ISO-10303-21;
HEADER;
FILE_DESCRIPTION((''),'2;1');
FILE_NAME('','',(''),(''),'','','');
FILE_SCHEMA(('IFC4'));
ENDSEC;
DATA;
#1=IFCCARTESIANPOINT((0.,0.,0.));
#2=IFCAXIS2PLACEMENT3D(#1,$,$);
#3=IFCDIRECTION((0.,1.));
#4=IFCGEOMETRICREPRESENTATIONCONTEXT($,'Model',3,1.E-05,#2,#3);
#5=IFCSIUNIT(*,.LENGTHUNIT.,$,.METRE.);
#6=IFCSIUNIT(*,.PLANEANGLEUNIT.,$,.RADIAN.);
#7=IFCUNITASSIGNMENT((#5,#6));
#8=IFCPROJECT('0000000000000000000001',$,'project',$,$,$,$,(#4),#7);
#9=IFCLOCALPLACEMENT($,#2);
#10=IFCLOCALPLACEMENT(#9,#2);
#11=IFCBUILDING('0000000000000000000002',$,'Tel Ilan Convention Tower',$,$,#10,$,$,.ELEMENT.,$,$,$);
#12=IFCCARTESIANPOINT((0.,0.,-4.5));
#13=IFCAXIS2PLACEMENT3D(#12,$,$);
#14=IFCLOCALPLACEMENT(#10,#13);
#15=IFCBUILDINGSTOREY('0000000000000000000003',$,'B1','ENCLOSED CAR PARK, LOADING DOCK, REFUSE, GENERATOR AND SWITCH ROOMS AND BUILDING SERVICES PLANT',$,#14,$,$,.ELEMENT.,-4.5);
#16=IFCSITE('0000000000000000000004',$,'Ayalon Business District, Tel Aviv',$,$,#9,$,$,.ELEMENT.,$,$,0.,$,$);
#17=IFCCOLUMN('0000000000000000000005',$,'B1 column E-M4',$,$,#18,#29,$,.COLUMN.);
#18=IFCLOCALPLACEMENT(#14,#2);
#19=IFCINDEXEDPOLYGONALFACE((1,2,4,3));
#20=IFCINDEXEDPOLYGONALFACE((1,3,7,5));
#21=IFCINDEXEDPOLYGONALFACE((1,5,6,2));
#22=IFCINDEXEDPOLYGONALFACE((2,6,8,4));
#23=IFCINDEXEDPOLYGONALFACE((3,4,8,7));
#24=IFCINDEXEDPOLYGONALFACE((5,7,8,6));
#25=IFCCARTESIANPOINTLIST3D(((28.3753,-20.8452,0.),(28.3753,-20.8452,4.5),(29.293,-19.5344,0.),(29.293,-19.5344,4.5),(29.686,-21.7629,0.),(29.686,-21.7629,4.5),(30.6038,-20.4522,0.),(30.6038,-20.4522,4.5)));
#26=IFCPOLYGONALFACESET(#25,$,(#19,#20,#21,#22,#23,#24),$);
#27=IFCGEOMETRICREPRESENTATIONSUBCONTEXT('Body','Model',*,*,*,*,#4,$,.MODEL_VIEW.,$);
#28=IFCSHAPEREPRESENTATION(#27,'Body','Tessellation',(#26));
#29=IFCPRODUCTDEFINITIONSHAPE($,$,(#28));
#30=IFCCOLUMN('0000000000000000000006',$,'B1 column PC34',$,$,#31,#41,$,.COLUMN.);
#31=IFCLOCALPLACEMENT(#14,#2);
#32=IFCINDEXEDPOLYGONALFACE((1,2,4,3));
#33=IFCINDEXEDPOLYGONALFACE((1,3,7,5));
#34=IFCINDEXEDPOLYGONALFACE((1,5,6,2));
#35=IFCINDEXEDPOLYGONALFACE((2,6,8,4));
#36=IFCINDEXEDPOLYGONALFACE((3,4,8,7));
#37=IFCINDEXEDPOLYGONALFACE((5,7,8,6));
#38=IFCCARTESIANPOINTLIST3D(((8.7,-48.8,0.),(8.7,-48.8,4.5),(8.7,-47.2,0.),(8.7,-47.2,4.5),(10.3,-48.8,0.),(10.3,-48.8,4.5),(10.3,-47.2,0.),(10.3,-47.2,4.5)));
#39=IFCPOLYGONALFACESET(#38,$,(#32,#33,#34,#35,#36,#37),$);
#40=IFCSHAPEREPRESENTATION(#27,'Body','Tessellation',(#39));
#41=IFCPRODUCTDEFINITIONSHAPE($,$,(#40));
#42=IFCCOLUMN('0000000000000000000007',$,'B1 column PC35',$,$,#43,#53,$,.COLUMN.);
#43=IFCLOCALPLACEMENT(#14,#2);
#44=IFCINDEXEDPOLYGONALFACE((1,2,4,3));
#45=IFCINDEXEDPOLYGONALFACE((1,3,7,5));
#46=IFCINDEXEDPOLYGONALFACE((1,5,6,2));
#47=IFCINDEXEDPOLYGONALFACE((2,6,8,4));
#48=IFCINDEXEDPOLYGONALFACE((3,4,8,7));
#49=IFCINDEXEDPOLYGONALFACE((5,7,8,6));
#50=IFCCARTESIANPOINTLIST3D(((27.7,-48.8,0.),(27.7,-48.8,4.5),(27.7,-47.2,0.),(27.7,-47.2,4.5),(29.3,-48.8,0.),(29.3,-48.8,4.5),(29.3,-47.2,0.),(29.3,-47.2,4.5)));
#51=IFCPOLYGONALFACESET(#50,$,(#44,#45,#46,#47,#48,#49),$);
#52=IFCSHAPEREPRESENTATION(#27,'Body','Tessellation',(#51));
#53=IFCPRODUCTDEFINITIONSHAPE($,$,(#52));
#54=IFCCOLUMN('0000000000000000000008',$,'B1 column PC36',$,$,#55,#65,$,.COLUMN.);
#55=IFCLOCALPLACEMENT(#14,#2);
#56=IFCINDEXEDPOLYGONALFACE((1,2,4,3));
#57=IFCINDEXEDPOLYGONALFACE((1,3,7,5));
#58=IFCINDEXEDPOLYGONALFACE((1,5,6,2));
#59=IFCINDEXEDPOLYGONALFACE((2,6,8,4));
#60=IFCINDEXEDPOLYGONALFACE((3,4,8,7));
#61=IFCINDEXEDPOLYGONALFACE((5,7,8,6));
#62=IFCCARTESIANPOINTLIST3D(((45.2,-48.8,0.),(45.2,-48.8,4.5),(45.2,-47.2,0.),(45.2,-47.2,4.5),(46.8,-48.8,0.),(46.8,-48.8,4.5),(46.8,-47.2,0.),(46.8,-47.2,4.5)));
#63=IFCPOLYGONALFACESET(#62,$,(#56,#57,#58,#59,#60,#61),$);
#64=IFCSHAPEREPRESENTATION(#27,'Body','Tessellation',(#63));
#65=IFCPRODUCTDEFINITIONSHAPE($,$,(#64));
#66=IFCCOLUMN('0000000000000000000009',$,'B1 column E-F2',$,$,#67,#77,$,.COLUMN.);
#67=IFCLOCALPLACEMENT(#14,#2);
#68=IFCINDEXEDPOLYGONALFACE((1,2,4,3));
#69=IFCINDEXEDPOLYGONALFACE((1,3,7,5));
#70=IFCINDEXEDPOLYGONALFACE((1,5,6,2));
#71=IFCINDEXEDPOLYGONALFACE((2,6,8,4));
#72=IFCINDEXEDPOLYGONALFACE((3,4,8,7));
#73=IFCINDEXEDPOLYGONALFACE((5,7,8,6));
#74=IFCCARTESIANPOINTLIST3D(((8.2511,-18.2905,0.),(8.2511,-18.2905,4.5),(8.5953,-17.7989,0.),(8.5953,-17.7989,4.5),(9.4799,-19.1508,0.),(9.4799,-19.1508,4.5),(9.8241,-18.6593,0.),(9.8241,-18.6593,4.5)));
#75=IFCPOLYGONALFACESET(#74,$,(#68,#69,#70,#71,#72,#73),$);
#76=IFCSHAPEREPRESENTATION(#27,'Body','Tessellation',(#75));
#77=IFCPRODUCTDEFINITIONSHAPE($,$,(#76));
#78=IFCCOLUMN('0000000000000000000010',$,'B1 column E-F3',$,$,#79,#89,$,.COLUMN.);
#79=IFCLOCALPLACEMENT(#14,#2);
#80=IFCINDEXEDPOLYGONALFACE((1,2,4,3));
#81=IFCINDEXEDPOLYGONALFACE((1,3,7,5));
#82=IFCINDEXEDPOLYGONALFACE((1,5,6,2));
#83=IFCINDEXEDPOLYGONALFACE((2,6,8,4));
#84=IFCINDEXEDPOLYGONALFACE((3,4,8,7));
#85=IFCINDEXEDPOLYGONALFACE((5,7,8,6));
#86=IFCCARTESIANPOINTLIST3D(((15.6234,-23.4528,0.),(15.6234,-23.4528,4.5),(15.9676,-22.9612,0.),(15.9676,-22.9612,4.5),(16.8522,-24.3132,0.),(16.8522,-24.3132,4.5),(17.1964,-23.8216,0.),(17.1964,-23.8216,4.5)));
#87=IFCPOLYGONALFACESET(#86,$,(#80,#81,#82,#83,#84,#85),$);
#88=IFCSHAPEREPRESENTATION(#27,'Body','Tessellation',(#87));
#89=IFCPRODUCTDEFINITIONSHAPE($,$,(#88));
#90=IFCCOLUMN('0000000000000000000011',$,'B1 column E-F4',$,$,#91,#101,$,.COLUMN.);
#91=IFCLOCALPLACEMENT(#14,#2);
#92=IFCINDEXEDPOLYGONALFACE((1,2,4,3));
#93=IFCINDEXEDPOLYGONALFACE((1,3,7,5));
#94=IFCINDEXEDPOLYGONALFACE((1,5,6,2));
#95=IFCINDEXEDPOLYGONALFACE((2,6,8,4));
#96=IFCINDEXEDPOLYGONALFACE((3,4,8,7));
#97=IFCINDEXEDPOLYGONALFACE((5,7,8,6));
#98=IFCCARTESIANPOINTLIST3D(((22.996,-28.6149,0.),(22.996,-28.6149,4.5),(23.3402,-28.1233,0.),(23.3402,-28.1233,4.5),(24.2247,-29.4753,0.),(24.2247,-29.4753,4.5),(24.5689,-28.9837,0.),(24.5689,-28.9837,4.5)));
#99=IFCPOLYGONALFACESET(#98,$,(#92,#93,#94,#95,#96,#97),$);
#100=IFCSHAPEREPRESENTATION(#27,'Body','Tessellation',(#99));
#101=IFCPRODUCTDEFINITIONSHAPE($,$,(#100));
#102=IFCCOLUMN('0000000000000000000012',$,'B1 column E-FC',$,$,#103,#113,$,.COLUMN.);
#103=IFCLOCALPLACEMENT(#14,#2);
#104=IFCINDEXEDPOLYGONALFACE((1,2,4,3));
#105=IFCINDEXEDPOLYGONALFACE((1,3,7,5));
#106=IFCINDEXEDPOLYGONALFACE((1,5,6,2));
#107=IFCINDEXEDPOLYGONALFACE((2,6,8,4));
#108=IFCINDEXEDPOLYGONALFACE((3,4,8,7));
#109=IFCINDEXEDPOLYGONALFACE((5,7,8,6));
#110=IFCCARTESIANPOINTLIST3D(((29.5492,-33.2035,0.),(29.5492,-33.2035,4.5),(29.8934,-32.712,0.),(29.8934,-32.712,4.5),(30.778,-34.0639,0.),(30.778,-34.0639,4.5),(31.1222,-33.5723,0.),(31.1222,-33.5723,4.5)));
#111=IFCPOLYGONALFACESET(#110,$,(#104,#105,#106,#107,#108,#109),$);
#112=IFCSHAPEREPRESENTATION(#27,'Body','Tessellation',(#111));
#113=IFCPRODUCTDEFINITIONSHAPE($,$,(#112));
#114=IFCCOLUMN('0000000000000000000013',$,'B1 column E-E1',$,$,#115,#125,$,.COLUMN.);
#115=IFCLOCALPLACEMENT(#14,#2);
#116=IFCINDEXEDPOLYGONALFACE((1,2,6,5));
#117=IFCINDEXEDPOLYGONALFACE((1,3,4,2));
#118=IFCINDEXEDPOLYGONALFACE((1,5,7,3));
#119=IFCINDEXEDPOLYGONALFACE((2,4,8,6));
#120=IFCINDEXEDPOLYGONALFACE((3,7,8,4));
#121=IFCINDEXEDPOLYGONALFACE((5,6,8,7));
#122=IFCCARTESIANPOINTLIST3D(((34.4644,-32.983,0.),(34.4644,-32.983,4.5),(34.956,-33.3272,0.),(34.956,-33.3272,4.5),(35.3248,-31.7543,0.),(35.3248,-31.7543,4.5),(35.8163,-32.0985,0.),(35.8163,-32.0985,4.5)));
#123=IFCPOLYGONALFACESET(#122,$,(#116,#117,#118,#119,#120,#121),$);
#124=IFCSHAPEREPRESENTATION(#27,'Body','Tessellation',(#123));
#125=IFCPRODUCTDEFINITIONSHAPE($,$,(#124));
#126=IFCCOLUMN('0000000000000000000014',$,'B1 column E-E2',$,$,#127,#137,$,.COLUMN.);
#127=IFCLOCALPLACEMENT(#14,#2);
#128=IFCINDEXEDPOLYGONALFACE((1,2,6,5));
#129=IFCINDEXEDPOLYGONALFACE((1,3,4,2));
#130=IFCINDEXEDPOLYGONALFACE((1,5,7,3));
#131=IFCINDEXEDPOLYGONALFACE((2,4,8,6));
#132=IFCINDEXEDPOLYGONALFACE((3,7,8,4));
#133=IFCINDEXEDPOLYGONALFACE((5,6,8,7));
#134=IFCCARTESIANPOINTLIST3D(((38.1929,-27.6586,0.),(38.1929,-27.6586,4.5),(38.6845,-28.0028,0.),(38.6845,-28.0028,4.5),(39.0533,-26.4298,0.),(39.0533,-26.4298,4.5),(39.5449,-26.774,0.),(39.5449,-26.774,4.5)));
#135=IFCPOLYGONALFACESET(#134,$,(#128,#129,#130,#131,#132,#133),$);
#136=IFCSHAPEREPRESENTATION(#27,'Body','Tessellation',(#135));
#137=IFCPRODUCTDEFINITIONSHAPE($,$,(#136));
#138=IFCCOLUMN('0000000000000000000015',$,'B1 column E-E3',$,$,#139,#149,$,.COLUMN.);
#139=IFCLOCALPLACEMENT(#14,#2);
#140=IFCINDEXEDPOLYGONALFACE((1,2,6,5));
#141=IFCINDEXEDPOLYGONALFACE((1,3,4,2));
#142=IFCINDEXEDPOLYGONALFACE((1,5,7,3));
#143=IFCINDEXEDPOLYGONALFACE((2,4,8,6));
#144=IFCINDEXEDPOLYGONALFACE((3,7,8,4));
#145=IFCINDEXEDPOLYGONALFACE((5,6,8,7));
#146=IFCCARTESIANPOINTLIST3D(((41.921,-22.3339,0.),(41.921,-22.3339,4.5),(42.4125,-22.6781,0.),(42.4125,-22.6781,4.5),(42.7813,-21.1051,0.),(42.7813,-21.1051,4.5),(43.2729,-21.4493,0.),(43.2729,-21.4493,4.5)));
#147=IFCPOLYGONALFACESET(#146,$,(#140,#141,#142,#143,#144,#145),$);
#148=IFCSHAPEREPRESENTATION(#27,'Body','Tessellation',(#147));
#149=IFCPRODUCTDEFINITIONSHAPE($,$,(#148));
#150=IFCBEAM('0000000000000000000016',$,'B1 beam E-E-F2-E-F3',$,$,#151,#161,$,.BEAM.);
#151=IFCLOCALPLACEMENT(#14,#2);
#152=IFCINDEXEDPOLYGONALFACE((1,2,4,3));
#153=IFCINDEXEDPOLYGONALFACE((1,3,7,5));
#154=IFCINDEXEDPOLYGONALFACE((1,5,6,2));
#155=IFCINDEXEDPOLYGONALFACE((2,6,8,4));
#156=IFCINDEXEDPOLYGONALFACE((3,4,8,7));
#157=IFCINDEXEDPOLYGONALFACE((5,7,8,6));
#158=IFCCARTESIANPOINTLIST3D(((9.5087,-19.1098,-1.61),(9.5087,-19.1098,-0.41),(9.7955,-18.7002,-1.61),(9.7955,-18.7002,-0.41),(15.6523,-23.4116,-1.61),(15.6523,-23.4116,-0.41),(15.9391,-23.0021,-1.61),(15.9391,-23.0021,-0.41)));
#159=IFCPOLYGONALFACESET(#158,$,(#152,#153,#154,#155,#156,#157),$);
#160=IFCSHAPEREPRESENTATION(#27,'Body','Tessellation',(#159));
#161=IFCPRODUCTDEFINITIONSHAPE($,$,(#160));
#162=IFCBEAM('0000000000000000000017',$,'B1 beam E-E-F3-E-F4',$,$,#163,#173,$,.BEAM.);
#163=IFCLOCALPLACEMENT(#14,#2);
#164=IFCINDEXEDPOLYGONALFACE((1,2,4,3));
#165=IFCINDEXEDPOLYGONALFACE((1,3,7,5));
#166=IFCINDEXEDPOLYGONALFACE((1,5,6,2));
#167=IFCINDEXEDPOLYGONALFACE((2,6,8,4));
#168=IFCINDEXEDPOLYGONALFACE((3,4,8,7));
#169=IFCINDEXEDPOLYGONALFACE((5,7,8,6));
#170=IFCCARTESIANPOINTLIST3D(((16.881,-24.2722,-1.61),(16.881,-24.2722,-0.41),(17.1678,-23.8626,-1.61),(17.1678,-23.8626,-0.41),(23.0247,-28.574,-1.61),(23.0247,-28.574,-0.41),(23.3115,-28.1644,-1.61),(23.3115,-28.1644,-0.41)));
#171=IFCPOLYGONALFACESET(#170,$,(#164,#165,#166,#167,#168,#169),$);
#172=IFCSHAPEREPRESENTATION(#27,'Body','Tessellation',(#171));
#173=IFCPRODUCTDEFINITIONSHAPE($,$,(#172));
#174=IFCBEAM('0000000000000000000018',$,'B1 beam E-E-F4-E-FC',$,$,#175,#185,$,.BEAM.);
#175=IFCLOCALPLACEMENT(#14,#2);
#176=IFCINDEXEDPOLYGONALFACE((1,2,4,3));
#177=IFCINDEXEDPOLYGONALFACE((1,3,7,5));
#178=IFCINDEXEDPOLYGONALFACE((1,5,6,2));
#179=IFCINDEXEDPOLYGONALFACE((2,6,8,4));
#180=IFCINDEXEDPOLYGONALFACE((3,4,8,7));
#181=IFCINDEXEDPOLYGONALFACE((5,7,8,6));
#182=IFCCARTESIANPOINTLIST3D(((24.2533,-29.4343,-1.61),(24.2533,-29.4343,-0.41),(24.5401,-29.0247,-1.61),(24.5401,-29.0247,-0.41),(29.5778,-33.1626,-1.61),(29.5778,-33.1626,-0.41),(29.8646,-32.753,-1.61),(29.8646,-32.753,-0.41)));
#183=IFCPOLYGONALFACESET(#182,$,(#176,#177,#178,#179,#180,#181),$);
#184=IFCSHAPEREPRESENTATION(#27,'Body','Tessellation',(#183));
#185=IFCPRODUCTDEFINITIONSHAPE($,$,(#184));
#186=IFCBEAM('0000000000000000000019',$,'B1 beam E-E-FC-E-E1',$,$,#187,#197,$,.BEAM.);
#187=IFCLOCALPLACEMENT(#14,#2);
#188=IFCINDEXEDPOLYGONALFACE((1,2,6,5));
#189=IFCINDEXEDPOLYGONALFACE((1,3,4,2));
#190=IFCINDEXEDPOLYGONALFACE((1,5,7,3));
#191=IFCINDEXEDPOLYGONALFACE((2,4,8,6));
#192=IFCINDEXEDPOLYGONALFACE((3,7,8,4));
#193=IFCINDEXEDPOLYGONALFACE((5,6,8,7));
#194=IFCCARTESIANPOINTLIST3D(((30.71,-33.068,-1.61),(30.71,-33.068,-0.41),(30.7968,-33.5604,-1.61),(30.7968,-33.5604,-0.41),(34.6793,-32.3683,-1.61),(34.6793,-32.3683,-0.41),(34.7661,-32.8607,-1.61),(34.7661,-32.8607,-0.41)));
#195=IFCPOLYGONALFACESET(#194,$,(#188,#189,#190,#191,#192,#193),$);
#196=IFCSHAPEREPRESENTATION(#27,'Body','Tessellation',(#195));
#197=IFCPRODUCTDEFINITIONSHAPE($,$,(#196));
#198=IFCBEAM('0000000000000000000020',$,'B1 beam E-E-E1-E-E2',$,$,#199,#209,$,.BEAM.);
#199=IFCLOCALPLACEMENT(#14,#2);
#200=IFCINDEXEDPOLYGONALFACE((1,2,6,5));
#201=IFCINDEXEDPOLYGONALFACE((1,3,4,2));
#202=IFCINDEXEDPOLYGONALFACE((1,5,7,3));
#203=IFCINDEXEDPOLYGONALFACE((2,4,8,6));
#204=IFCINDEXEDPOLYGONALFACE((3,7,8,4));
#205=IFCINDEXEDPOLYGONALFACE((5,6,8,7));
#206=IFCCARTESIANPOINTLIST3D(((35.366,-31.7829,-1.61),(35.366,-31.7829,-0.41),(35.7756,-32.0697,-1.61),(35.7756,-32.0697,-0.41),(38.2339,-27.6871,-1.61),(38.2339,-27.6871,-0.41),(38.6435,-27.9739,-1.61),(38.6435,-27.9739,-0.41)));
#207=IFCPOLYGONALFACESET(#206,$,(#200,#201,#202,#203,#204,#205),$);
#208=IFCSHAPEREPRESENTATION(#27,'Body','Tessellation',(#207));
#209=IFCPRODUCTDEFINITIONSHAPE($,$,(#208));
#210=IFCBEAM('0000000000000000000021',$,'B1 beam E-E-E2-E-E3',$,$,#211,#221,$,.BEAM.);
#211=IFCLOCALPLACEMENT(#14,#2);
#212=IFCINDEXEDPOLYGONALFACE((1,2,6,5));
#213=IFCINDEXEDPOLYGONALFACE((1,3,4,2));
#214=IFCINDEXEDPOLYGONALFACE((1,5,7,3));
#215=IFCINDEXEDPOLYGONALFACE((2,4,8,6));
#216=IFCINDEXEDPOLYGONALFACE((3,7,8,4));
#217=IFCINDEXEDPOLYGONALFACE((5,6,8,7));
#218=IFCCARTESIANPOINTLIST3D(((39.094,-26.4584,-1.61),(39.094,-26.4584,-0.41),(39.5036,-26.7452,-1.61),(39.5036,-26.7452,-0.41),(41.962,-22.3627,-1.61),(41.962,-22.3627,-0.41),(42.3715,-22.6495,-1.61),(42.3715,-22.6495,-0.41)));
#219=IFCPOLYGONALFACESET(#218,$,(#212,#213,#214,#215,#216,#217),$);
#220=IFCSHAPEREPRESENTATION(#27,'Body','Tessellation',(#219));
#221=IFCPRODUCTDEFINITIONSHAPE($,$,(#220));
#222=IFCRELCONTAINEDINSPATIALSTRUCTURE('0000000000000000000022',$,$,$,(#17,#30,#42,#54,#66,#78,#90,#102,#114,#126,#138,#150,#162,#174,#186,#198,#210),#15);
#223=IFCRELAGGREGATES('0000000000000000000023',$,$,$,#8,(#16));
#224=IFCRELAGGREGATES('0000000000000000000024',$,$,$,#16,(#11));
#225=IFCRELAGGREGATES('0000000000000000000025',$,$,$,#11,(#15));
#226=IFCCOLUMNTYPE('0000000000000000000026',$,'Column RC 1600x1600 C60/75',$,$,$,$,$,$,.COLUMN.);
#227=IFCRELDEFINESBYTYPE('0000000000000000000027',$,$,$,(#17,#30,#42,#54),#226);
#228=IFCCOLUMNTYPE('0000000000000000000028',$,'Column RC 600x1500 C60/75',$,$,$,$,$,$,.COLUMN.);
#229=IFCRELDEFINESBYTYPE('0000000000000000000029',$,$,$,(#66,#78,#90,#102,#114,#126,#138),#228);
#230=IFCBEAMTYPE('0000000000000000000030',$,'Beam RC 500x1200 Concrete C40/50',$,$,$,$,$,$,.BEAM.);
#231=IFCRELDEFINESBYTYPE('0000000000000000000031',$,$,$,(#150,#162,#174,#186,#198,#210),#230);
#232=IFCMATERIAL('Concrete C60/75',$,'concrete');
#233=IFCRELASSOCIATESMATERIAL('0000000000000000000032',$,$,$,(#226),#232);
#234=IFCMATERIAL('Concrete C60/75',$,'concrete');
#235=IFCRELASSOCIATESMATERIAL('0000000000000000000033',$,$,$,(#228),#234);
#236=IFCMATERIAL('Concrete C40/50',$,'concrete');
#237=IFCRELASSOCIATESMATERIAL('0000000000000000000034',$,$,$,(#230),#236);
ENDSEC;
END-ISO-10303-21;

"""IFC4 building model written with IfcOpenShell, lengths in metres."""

from ifc_helpers import new_model, si_unit, direction, frame, origin, origin_2d, place, context, subcontext, project, spatial, rectangle, extrude, material, material_profile, profile_set, type_object, element, save


model = new_model("IFC4")

# Units and contexts
model_context = context("Model", 3, precision=1e-05, world=origin(), true_north=direction((0.0, 1.0)))
body_context = subcontext(model_context, "Body", "Model", "MODEL_VIEW")
ifc_project = project(units=[si_unit("LENGTHUNIT", "METRE"), si_unit("PLANEANGLEUNIT", "RADIAN")], contexts=[model_context])

# Site, building, storey
site_placement = place(None, origin())
site = spatial("IfcSite", under=ifc_project, at=site_placement, Name="Ayalon Business District, Tel Aviv", CompositionType="ELEMENT", RefElevation=0.0)
building_placement = place(site_placement, origin())
building = spatial("IfcBuilding", under=site, at=building_placement, Name="Tel Ilan Convention Tower", CompositionType="ELEMENT")
storey_placement = place(building_placement, frame((0.0, 0.0, -4.5)))
storey = spatial("IfcBuildingStorey", under=building, at=storey_placement, Name="B1", Description="ENCLOSED CAR PARK, LOADING DOCK, REFUSE, GENERATOR AND SWITCH ROOMS AND BUILDING SERVICES PLANT", CompositionType="ELEMENT", Elevation=-4.5)

# Columns
ifc_material_1 = material(Name="Concrete C60/75", Category="concrete")
ifc_material_profile_1 = material_profile(ifc_material_1, rectangle(XDim=1.6001, YDim=1.6001, at=origin_2d()), Name="RC 1600x1600")
ifc_profile_set_1 = profile_set([ifc_material_profile_1], Name="Concrete C60/75")
column_type_1 = type_object("IfcColumnType", Name="Column RC 1600x1600 C60/75", PredefinedType="COLUMN", material=ifc_profile_set_1)
for number, where, z_axis, x_axis, name in (
    (1, (29.4895, -20.6487, 0.0), (0.0, 0.0, 1.0), (0.819152, -0.573576, 0.0), "B1 column E-M4"),
    (2, (9.5, -48.0, 0.0), (0.0, 0.0, 1.0), (1.0, 0.0, 0.0), "B1 column PC34"),
    (3, (28.5, -48.0, 0.0), (0.0, 0.0, 1.0), (1.0, 0.0, 0.0), "B1 column PC35"),
    (4, (46.0, -48.0, 0.0), (0.0, 0.0, 1.0), (1.0, 0.0, 0.0), "B1 column PC36"),
):
    element("IfcColumn", number, at=place(storey_placement, frame(where, z_axis=z_axis, x_axis=x_axis)), inside=storey, type_object=column_type_1, Name=name, PredefinedType="COLUMN", context=body_context, shape_type="SweptSolid", body=[
        extrude(rectangle(XDim=1.6001, YDim=1.6001, at=origin_2d()), origin(), (0.0, 0.0, 1.0), 4.5),
    ])
ifc_material_2 = material(Name="Concrete C60/75", Category="concrete")
ifc_material_profile_2 = material_profile(ifc_material_2, rectangle(XDim=1.5, YDim=0.6001, at=origin_2d()), Name="RC 600x1500")
ifc_profile_set_2 = profile_set([ifc_material_profile_2], Name="Concrete C60/75")
column_type_2 = type_object("IfcColumnType", Name="Column RC 600x1500 C60/75", PredefinedType="COLUMN", material=ifc_profile_set_2)
for number, where, z_axis, x_axis, name in (
    (5, (9.0376, -18.4749, 0.0), (0.0, 0.0, 1.0), (0.819152, -0.573576, 0.0), "B1 column E-F2"),
    (6, (16.4099, -23.6372, 0.0), (0.0, 0.0, 1.0), (0.819152, -0.573576, 0.0), "B1 column E-F3"),
    (7, (23.7825, -28.7993, 0.0), (0.0, 0.0, 1.0), (0.819152, -0.573576, 0.0), "B1 column E-F4"),
    (8, (30.3357, -33.3879, 0.0), (0.0, 0.0, 1.0), (0.819152, -0.573576, 0.0), "B1 column E-FC"),
    (9, (35.1404, -32.5408, 0.0), (0.0, 0.0, 1.0), (0.573576, 0.819152, 0.0), "B1 column E-E1"),
    (10, (38.8689, -27.2163, 0.0), (0.0, 0.0, 1.0), (0.573576, 0.819152, 0.0), "B1 column E-E2"),
    (11, (42.5969, -21.8916, 0.0), (0.0, 0.0, 1.0), (0.573576, 0.819152, 0.0), "B1 column E-E3"),
):
    element("IfcColumn", number, at=place(storey_placement, frame(where, z_axis=z_axis, x_axis=x_axis)), inside=storey, type_object=column_type_2, Name=name, PredefinedType="COLUMN", context=body_context, shape_type="SweptSolid", body=[
        extrude(rectangle(XDim=1.5, YDim=0.6001, at=origin_2d()), origin(), (0.0, 0.0, 1.0), 4.5),
    ])

# Beams
ifc_material_3 = material(Name="Concrete C40/50", Category="concrete")
ifc_material_profile_3 = material_profile(ifc_material_3, rectangle(XDim=0.5, YDim=1.2, at=origin_2d()), Name="RC 500x1200")
ifc_profile_set_3 = profile_set([ifc_material_profile_3], Name="Concrete C40/50")
beam_type_1 = type_object("IfcBeamType", Name="Beam RC 500x1200 Concrete C40/50", PredefinedType="BEAM", material=ifc_profile_set_3)
for number, where, z_axis, x_axis, name in (
    (12, (9.6521, -18.905, -1.01), (0.819152, -0.573576, 0.0), (0.573576, 0.819152, 0.0), "B1 beam E-E-F2-E-F3"),
    (13, (17.0244, -24.0674, -1.01), (0.819152, -0.573576, 0.0), (0.573576, 0.819152, 0.0), "B1 beam E-E-F3-E-F4"),
):
    element("IfcBeam", number, at=place(storey_placement, frame(where, z_axis=z_axis, x_axis=x_axis)), inside=storey, type_object=beam_type_1, Name=name, PredefinedType="BEAM", context=body_context, shape_type="SweptSolid", body=[
        extrude(rectangle(XDim=0.5, YDim=1.2, at=origin_2d()), origin(), (0.0, 0.0, 1.0), 7.5),
    ])
beam_1_placement = place(storey_placement, frame((24.3967, -29.2295, -1.01), z_axis=(0.819149, -0.573581, 0.0), x_axis=(0.573581, 0.819149, 0.0)))
element("IfcBeam", 14, at=beam_1_placement, inside=storey, type_object=beam_type_1, Name="B1 beam E-E-F4-E-FC", PredefinedType="BEAM", context=body_context, shape_type="SweptSolid", body=[
    extrude(rectangle(XDim=0.5, YDim=1.2, at=origin_2d()), origin(), (0.0, 0.0, 1.0), 6.5),
])
beam_2_placement = place(storey_placement, frame((30.7534, -33.3142, -1.01), z_axis=(0.984815, 0.173606, 0.0), x_axis=(-0.173606, 0.984815, 0.0)))
element("IfcBeam", 15, at=beam_2_placement, inside=storey, type_object=beam_type_1, Name="B1 beam E-E-FC-E-E1", PredefinedType="BEAM", context=body_context, shape_type="SweptSolid", body=[
    extrude(rectangle(XDim=0.5, YDim=1.2, at=origin_2d()), origin(), (0.0, 0.0, 1.0), 4.0305),
])
for number, where, z_axis, x_axis, name in (
    (16, (35.5708, -31.9263, -1.01), (0.573587, 0.819145, 0.0), (-0.819145, 0.573587, 0.0), "B1 beam E-E-E1-E-E2"),
    (17, (39.2988, -26.6018, -1.01), (0.573587, 0.819145, 0.0), (-0.819145, 0.573587, 0.0), "B1 beam E-E-E2-E-E3"),
):
    element("IfcBeam", number, at=place(storey_placement, frame(where, z_axis=z_axis, x_axis=x_axis)), inside=storey, type_object=beam_type_1, Name=name, PredefinedType="BEAM", context=body_context, shape_type="SweptSolid", body=[
        extrude(rectangle(XDim=0.5, YDim=1.2, at=origin_2d()), origin(), (0.0, 0.0, 1.0), 5.0),
    ])

save(model, "model.ifc")
